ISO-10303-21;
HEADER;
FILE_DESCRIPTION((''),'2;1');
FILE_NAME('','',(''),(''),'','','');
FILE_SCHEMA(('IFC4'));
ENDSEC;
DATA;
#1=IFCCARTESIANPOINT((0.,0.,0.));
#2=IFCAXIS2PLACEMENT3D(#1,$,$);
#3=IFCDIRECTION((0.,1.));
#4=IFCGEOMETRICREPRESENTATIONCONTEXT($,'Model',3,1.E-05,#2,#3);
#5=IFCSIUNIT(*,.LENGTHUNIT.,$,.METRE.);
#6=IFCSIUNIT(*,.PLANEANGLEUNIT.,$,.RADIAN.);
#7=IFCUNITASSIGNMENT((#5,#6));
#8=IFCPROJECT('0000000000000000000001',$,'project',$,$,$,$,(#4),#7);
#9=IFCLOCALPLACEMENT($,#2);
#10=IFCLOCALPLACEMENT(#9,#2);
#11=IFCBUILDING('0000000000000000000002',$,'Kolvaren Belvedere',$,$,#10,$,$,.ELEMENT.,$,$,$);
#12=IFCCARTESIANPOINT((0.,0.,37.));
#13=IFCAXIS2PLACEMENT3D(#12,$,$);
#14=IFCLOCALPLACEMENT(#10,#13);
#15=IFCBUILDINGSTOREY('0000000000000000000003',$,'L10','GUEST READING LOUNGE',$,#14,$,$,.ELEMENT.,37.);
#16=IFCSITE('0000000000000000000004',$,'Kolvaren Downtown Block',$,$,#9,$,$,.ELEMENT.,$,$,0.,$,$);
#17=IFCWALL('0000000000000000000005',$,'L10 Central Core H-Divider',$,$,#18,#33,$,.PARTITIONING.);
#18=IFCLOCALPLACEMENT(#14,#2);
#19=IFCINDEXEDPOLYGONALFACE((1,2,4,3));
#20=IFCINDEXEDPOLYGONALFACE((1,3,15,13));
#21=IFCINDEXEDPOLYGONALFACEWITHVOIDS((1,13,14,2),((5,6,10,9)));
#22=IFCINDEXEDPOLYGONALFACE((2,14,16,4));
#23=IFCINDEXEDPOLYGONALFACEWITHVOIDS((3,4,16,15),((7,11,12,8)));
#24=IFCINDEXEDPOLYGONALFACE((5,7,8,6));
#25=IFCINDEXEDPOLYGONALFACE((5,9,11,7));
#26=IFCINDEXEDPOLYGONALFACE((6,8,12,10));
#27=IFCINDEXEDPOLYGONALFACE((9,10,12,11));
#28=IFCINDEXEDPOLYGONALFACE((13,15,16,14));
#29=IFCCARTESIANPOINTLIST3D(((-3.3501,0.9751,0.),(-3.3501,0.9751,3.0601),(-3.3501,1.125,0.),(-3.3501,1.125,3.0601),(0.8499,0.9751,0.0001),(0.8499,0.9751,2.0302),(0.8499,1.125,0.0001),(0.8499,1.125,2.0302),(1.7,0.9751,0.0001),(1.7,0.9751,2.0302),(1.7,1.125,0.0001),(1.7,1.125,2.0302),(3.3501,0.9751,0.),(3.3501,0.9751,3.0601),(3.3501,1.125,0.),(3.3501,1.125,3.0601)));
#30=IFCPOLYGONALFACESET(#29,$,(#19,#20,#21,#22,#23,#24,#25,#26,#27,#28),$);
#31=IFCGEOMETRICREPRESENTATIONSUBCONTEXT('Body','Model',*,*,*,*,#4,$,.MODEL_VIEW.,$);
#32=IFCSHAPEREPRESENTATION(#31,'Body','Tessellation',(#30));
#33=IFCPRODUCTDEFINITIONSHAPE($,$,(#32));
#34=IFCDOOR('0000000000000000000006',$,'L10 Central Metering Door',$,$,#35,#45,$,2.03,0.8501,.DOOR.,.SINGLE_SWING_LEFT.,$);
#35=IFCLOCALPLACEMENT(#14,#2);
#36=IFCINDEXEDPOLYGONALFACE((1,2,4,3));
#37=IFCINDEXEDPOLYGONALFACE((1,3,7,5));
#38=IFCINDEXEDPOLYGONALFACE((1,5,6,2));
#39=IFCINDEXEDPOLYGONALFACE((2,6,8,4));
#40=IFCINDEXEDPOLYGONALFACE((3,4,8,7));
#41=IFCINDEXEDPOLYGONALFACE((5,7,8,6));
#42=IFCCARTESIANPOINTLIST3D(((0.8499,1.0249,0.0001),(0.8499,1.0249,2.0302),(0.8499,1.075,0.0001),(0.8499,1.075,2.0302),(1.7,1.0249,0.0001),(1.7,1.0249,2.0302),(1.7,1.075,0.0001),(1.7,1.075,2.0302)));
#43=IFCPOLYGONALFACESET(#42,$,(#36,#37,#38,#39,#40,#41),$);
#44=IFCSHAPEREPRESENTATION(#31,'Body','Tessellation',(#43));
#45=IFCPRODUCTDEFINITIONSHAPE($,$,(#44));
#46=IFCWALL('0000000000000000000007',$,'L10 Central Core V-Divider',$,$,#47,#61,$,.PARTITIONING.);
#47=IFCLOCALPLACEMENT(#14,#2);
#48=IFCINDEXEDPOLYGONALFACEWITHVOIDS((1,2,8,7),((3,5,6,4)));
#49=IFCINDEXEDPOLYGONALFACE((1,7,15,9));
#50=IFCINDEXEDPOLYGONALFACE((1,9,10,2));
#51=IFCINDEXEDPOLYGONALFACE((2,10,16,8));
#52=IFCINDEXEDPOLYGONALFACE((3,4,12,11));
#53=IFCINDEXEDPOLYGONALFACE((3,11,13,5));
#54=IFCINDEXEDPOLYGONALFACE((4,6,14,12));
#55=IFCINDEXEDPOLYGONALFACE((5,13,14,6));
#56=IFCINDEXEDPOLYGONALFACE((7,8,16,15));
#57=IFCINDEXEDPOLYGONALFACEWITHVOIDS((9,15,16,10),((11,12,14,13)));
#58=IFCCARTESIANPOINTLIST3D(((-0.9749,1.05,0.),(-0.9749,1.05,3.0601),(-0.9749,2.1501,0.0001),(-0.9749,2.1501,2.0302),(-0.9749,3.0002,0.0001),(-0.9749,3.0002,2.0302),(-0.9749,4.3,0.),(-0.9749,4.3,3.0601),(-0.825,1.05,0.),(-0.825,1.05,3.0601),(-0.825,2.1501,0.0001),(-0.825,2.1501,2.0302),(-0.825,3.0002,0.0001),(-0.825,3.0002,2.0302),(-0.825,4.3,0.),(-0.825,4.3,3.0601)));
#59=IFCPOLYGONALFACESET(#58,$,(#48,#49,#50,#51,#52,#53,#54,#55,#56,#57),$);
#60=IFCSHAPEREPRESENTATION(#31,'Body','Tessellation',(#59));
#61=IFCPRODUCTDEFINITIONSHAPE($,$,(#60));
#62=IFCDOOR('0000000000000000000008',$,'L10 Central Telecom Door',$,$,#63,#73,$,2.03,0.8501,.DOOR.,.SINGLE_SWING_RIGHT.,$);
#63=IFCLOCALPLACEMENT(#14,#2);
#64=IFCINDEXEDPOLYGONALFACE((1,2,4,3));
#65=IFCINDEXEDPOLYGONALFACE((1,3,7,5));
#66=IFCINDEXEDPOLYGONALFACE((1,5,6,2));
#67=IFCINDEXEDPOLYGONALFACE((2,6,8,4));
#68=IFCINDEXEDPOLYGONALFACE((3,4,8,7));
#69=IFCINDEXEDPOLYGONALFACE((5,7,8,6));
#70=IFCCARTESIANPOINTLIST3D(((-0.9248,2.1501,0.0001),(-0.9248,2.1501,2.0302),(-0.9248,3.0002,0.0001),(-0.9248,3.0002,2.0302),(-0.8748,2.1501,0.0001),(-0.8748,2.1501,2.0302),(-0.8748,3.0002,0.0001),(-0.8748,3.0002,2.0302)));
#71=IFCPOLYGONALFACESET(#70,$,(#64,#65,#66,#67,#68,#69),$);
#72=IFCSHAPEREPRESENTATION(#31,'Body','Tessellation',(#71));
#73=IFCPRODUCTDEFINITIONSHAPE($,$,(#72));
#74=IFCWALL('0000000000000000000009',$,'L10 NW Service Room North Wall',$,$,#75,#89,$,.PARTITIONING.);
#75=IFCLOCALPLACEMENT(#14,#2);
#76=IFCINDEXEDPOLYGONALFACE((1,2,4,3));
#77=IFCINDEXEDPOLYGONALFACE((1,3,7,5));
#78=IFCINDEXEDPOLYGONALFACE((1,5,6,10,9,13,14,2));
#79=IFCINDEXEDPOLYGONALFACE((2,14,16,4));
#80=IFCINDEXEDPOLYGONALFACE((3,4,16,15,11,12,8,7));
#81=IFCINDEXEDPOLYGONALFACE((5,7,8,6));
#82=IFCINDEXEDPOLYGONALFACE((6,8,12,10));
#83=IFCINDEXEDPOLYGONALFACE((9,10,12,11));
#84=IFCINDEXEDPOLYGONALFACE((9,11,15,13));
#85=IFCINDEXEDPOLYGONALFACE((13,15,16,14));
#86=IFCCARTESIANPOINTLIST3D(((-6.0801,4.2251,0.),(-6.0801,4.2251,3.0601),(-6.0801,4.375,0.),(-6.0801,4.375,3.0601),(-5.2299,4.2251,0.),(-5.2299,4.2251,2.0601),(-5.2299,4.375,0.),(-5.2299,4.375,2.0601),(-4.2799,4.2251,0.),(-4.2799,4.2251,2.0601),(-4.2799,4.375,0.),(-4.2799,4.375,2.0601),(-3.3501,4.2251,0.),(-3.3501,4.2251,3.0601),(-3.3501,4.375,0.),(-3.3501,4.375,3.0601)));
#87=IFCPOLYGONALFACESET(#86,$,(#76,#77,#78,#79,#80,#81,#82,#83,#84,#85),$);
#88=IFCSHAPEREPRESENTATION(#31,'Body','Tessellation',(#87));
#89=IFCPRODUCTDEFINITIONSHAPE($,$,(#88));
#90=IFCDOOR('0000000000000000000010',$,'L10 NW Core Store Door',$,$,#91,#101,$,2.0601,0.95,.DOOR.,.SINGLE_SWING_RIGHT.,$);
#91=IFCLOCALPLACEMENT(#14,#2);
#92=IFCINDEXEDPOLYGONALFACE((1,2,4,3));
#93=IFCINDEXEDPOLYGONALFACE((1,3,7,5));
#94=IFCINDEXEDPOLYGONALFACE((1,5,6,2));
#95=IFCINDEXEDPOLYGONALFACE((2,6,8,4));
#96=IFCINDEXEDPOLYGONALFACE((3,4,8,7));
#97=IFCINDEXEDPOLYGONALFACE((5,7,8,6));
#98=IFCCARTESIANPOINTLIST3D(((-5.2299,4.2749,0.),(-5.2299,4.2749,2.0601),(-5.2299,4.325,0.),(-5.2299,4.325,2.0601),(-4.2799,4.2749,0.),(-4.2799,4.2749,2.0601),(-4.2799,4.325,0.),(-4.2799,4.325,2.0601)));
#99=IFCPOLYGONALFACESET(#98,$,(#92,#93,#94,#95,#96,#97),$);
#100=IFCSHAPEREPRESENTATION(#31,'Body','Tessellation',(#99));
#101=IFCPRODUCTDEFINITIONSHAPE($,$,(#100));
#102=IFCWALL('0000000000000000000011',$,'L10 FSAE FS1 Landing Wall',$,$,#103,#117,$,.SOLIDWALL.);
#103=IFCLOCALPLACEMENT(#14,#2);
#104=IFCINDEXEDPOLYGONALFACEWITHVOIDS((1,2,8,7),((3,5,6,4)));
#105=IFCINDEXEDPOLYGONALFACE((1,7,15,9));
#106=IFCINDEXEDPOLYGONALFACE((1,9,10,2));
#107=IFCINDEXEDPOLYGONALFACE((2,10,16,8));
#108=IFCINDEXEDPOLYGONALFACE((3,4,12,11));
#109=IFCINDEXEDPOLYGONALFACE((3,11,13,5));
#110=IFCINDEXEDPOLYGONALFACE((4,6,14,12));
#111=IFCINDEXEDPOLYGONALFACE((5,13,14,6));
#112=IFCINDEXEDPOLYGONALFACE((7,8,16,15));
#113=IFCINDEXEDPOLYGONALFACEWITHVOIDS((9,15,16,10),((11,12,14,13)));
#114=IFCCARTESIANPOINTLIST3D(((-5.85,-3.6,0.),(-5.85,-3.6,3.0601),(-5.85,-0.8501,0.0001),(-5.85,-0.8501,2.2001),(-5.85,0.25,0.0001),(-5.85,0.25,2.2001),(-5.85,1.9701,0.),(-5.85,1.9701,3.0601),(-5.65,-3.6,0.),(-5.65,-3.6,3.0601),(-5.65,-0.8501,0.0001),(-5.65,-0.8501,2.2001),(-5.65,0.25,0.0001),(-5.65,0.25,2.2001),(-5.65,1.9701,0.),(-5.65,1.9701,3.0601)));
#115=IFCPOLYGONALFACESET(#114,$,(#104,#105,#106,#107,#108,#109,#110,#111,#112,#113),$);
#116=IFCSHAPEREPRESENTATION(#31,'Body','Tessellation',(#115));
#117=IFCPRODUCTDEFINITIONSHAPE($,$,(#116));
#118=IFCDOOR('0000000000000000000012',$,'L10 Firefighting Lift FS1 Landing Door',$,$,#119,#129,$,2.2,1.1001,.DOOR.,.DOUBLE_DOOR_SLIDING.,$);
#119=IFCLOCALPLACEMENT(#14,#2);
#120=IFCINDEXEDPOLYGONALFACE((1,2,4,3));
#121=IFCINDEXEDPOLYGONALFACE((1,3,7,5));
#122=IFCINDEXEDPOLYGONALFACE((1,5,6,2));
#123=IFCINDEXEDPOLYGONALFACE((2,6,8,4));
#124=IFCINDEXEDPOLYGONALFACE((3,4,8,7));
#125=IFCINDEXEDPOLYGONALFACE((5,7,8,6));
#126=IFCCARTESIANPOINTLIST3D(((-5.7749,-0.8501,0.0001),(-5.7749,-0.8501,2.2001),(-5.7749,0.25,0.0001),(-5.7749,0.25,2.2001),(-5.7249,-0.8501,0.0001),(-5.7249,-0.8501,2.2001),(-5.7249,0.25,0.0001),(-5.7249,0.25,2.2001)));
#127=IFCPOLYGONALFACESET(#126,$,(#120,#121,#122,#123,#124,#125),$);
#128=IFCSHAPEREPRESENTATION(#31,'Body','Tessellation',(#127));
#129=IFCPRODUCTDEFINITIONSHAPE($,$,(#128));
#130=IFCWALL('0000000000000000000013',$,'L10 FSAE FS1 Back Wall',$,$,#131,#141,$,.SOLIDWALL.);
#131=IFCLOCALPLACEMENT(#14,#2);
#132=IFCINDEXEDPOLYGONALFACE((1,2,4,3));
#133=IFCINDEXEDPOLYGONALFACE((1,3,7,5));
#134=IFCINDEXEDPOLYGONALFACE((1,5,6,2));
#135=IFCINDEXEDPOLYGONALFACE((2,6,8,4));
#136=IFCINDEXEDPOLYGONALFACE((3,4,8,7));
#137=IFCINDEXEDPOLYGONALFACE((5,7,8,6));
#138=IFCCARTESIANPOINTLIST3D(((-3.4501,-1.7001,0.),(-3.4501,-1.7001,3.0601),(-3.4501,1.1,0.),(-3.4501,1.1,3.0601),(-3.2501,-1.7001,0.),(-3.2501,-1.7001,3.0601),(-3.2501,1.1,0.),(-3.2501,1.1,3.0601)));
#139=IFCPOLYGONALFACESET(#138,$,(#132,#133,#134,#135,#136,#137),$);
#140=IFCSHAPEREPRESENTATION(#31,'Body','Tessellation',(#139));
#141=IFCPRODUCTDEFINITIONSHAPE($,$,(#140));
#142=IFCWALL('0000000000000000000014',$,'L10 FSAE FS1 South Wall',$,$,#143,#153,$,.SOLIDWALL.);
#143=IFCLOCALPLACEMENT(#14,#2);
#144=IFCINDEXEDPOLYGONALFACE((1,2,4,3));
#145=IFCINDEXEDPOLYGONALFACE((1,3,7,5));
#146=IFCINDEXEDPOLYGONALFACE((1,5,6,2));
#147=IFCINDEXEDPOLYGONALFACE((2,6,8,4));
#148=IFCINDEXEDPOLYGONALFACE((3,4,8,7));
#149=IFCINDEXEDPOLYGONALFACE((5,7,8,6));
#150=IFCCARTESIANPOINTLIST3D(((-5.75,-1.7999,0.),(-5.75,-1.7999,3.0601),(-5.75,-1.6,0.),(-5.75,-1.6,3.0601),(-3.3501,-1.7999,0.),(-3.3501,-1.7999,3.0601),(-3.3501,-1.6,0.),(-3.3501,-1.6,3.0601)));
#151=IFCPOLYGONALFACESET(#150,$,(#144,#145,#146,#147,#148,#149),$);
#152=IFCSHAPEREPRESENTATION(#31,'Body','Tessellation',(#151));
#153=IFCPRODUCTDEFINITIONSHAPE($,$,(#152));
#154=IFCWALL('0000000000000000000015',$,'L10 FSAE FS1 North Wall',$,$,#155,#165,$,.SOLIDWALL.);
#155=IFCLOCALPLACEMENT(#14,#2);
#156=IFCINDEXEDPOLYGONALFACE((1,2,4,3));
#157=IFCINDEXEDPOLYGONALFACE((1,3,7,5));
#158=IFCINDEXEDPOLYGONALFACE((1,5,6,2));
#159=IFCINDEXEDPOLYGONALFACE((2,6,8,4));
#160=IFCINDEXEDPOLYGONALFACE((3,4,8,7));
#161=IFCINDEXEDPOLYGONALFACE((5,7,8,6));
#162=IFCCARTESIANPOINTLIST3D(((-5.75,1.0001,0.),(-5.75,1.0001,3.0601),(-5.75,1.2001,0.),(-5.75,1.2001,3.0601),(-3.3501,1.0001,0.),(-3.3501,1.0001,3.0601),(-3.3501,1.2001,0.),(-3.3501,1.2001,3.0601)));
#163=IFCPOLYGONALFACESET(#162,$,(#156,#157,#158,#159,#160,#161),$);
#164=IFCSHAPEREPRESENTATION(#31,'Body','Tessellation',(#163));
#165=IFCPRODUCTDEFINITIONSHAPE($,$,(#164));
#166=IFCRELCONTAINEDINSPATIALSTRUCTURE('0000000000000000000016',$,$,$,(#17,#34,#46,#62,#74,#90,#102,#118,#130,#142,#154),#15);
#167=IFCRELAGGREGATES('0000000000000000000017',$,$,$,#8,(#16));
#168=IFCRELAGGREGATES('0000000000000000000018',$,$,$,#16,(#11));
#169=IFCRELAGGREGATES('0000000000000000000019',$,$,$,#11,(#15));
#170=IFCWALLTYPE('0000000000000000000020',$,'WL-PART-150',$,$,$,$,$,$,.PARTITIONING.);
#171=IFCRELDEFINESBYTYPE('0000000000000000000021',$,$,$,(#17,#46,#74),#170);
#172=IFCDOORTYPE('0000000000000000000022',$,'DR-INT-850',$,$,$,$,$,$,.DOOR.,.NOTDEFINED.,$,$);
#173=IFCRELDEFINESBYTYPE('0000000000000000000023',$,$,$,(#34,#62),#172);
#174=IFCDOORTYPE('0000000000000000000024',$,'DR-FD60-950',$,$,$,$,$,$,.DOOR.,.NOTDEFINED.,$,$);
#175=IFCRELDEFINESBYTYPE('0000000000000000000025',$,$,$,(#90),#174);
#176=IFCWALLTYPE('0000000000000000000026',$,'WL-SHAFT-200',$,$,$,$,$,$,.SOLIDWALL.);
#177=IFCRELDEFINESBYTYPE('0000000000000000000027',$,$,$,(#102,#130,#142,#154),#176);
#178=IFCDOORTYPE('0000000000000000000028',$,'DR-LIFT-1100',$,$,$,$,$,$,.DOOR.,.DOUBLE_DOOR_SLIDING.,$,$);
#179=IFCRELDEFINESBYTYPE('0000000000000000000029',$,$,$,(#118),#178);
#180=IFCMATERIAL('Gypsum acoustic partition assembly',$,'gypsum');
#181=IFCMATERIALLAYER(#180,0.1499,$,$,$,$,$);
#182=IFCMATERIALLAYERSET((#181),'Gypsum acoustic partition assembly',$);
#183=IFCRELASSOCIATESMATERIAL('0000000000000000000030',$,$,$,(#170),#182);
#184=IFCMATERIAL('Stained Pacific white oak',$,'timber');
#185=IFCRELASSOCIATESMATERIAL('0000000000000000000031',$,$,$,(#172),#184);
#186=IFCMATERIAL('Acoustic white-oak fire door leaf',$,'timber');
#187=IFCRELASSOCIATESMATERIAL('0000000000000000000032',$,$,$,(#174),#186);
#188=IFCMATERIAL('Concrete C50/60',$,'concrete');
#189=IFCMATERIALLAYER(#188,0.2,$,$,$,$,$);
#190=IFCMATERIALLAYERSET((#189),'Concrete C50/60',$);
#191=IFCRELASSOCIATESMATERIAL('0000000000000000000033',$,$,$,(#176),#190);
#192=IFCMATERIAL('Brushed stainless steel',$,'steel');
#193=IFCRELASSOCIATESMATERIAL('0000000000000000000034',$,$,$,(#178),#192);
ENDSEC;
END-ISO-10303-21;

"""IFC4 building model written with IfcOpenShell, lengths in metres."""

from ifc_helpers import new_model, si_unit, direction, frame, frame_2d, origin, place, context, subcontext, project, spatial, rectangle, extrude, material, layer, layer_set, type_object, element, fill, save


model = new_model("IFC4")

# Units and contexts
model_context = context("Model", 3, precision=1e-05, world=origin(), true_north=direction((0.0, 1.0)))
body_context = subcontext(model_context, "Body", "Model", "MODEL_VIEW")
ifc_project = project(units=[si_unit("LENGTHUNIT", "METRE"), si_unit("PLANEANGLEUNIT", "RADIAN")], contexts=[model_context])

# Site, building, storey
site_placement = place(None, origin())
site = spatial("IfcSite", under=ifc_project, at=site_placement, Name="Kolvaren Downtown Block", CompositionType="ELEMENT", RefElevation=0.0)
building_placement = place(site_placement, origin())
building = spatial("IfcBuilding", under=site, at=building_placement, Name="Kolvaren Belvedere", CompositionType="ELEMENT")
storey_placement = place(building_placement, frame((0.0, 0.0, 37.0)))
storey = spatial("IfcBuildingStorey", under=building, at=storey_placement, Name="L10", Description="GUEST READING LOUNGE", CompositionType="ELEMENT", Elevation=37.0)

# Walls, openings, doors
ifc_material_1 = material(Name="Gypsum acoustic partition assembly", Category="gypsum")
ifc_layer_1 = layer(ifc_material_1, 0.1499)
ifc_layer_set_1 = layer_set([ifc_layer_1], Name="Gypsum acoustic partition assembly")
wall_type_1 = type_object("IfcWallType", Name="WL-PART-150", PredefinedType="PARTITIONING", material=ifc_layer_set_1)
wall_1_placement = place(storey_placement, frame((-3.3501, 1.05, 0.0), z_axis=(0.0, 0.0, 1.0), x_axis=(1.0, 0.0, 0.0)))
wall_1 = element("IfcWall", 1, at=wall_1_placement, inside=storey, type_object=wall_type_1, Name="L10 Central Core H-Divider", PredefinedType="PARTITIONING", context=body_context, shape_type="SweptSolid", body=[
    extrude(rectangle(XDim=6.7002, YDim=0.1499, at=frame_2d((3.3501, 0.0))), origin(), (0.0, 0.0, 1.0), 3.0601),
])
opening_1_placement = place(wall_1_placement, frame((4.2, 0.0, 0.0)))
opening_1 = element("IfcOpeningElement", 2, at=opening_1_placement, cuts=wall_1, PredefinedType="OPENING", context=body_context, shape_type="SweptSolid", body=[
    extrude(rectangle(XDim=0.8501, YDim=2.03, at=frame_2d((0.425, 1.0151))), frame((0.0, 0.085, 0.0), z_axis=(0.0, -1.0, 0.0), x_axis=(1.0, 0.0, 0.0)), (0.0, 0.0, 1.0), 0.1699),
])
ifc_material_2 = material(Name="Stained Pacific white oak", Category="timber")
door_type_1 = type_object("IfcDoorType", Name="DR-INT-850", OperationType="NOTDEFINED", PredefinedType="DOOR", material=ifc_material_2)
door_1_placement = place(opening_1_placement, origin())
door_1 = element("IfcDoor", 3, at=door_1_placement, inside=storey, type_object=door_type_1, Name="L10 Central Metering Door", OperationType="SINGLE_SWING_LEFT", OverallHeight=2.03, OverallWidth=0.8501, PredefinedType="DOOR", context=body_context, shape_type="SweptSolid", body=[
    extrude(rectangle(XDim=0.8501, YDim=2.03, at=frame_2d((0.425, 1.0151))), frame((0.0, 0.0249, 0.0), z_axis=(0.0, -1.0, 0.0), x_axis=(1.0, 0.0, 0.0)), (0.0, 0.0, 1.0), 0.05),
])
fill(opening_1, door_1)
wall_2_placement = place(storey_placement, frame((-0.8999, 1.05, 0.0), z_axis=(0.0, 0.0, 1.0), x_axis=(0.0, 1.0, 0.0)))
wall_2 = element("IfcWall", 4, at=wall_2_placement, inside=storey, type_object=wall_type_1, Name="L10 Central Core V-Divider", PredefinedType="PARTITIONING", context=body_context, shape_type="SweptSolid", body=[
    extrude(rectangle(XDim=3.25, YDim=0.1499, at=frame_2d((1.625, 0.0))), origin(), (0.0, 0.0, 1.0), 3.0601),
])
opening_2_placement = place(wall_2_placement, frame((1.1001, 0.0, 0.0)))
opening_2 = element("IfcOpeningElement", 5, at=opening_2_placement, cuts=wall_2, PredefinedType="OPENING", context=body_context, shape_type="SweptSolid", body=[
    extrude(rectangle(XDim=0.8501, YDim=2.03, at=frame_2d((0.425, 1.0151))), frame((0.0, 0.085, 0.0), z_axis=(0.0, -1.0, 0.0), x_axis=(1.0, 0.0, 0.0)), (0.0, 0.0, 1.0), 0.1699),
])
door_2_placement = place(opening_2_placement, origin())
door_2 = element("IfcDoor", 6, at=door_2_placement, inside=storey, type_object=door_type_1, Name="L10 Central Telecom Door", OperationType="SINGLE_SWING_RIGHT", OverallHeight=2.03, OverallWidth=0.8501, PredefinedType="DOOR", context=body_context, shape_type="SweptSolid", body=[
    extrude(rectangle(XDim=0.8501, YDim=2.03, at=frame_2d((0.425, 1.0151))), frame((0.0, 0.0249, 0.0), z_axis=(0.0, -1.0, 0.0), x_axis=(1.0, 0.0, 0.0)), (0.0, 0.0, 1.0), 0.05),
])
fill(opening_2, door_2)
wall_3_placement = place(storey_placement, frame((-6.0801, 4.3, 0.0), z_axis=(0.0, 0.0, 1.0), x_axis=(1.0, 0.0, 0.0)))
wall_3 = element("IfcWall", 7, at=wall_3_placement, inside=storey, type_object=wall_type_1, Name="L10 NW Service Room North Wall", PredefinedType="PARTITIONING", context=body_context, shape_type="SweptSolid", body=[
    extrude(rectangle(XDim=2.73, YDim=0.1499, at=frame_2d((1.365, 0.0))), origin(), (0.0, 0.0, 1.0), 3.0601),
])
opening_3_placement = place(wall_3_placement, frame((0.8501, 0.0, 0.0)))
opening_3 = element("IfcOpeningElement", 8, at=opening_3_placement, cuts=wall_3, PredefinedType="OPENING", context=body_context, shape_type="SweptSolid", body=[
    extrude(rectangle(XDim=0.95, YDim=2.0601, at=frame_2d((0.4751, 1.03))), frame((0.0, 0.085, 0.0), z_axis=(0.0, -1.0, 0.0), x_axis=(1.0, 0.0, 0.0)), (0.0, 0.0, 1.0), 0.1699),
])
ifc_material_3 = material(Name="Acoustic white-oak fire door leaf", Category="timber")
door_type_2 = type_object("IfcDoorType", Name="DR-FD60-950", OperationType="NOTDEFINED", PredefinedType="DOOR", material=ifc_material_3)
door_3_placement = place(opening_3_placement, origin())
door_3 = element("IfcDoor", 9, at=door_3_placement, inside=storey, type_object=door_type_2, Name="L10 NW Core Store Door", OperationType="SINGLE_SWING_RIGHT", OverallHeight=2.0601, OverallWidth=0.95, PredefinedType="DOOR", context=body_context, shape_type="SweptSolid", body=[
    extrude(rectangle(XDim=0.95, YDim=2.0601, at=frame_2d((0.4751, 1.03))), frame((0.0, 0.0249, 0.0), z_axis=(0.0, -1.0, 0.0), x_axis=(1.0, 0.0, 0.0)), (0.0, 0.0, 1.0), 0.05),
])
fill(opening_3, door_3)
ifc_material_4 = material(Name="Concrete C50/60", Category="concrete")
ifc_layer_2 = layer(ifc_material_4, 0.2)
ifc_layer_set_2 = layer_set([ifc_layer_2], Name="Concrete C50/60")
wall_type_2 = type_object("IfcWallType", Name="WL-SHAFT-200", PredefinedType="SOLIDWALL", material=ifc_layer_set_2)
wall_4_placement = place(storey_placement, frame((-5.75, -3.6001, 0.0), z_axis=(0.0, 0.0, 1.0), x_axis=(0.0, 1.0, 0.0)))
wall_4 = element("IfcWall", 10, at=wall_4_placement, inside=storey, type_object=wall_type_2, Name="L10 FSAE FS1 Landing Wall", PredefinedType="SOLIDWALL", context=body_context, shape_type="SweptSolid", body=[
    extrude(rectangle(XDim=5.5701, YDim=0.2, at=frame_2d((2.7852, 0.0))), origin(), (0.0, 0.0, 1.0), 3.0601),
])
opening_4_placement = place(wall_4_placement, frame((2.75, 0.0, 0.0)))
opening_4 = element("IfcOpeningElement", 11, at=opening_4_placement, cuts=wall_4, PredefinedType="OPENING", context=body_context, shape_type="SweptSolid", body=[
    extrude(rectangle(XDim=1.1001, YDim=2.2, at=frame_2d((0.55, 1.1001))), frame((0.0, 0.1099, 0.0), z_axis=(0.0, -1.0, 0.0), x_axis=(1.0, 0.0, 0.0)), (0.0, 0.0, 1.0), 0.22),
])
ifc_material_5 = material(Name="Brushed stainless steel", Category="steel")
door_type_3 = type_object("IfcDoorType", Name="DR-LIFT-1100", OperationType="DOUBLE_DOOR_SLIDING", PredefinedType="DOOR", material=ifc_material_5)
door_4_placement = place(opening_4_placement, origin())
door_4 = element("IfcDoor", 12, at=door_4_placement, inside=storey, type_object=door_type_3, Name="L10 Firefighting Lift FS1 Landing Door", OperationType="DOUBLE_DOOR_SLIDING", OverallHeight=2.2, OverallWidth=1.1001, PredefinedType="DOOR", context=body_context, shape_type="SweptSolid", body=[
    extrude(rectangle(XDim=1.1001, YDim=2.2, at=frame_2d((0.55, 1.1001))), frame((0.0, 0.0249, 0.0), z_axis=(0.0, -1.0, 0.0), x_axis=(1.0, 0.0, 0.0)), (0.0, 0.0, 1.0), 0.05),
])
fill(opening_4, door_4)

# Walls
wall_5_placement = place(storey_placement, frame((-3.3501, -1.7, 0.0), z_axis=(0.0, 0.0, 1.0), x_axis=(0.0, 1.0, 0.0)))
element("IfcWall", 13, at=wall_5_placement, inside=storey, type_object=wall_type_2, Name="L10 FSAE FS1 Back Wall", PredefinedType="SOLIDWALL", context=body_context, shape_type="SweptSolid", body=[
    extrude(rectangle(XDim=2.8, YDim=0.2, at=frame_2d((1.3999, 0.0))), origin(), (0.0, 0.0, 1.0), 3.0601),
])
for number, where, z_axis, x_axis, name in (
    (14, (-5.75, -1.7, 0.0), (0.0, 0.0, 1.0), (1.0, 0.0, 0.0), "L10 FSAE FS1 South Wall"),
    (15, (-5.75, 1.1001, 0.0), (0.0, 0.0, 1.0), (1.0, 0.0, 0.0), "L10 FSAE FS1 North Wall"),
):
    element("IfcWall", number, at=place(storey_placement, frame(where, z_axis=z_axis, x_axis=x_axis)), inside=storey, type_object=wall_type_2, Name=name, PredefinedType="SOLIDWALL", context=body_context, shape_type="SweptSolid", body=[
        extrude(rectangle(XDim=2.3999, YDim=0.2, at=frame_2d((1.2, 0.0))), origin(), (0.0, 0.0, 1.0), 3.0601),
    ])

save(model, "model.ifc")
